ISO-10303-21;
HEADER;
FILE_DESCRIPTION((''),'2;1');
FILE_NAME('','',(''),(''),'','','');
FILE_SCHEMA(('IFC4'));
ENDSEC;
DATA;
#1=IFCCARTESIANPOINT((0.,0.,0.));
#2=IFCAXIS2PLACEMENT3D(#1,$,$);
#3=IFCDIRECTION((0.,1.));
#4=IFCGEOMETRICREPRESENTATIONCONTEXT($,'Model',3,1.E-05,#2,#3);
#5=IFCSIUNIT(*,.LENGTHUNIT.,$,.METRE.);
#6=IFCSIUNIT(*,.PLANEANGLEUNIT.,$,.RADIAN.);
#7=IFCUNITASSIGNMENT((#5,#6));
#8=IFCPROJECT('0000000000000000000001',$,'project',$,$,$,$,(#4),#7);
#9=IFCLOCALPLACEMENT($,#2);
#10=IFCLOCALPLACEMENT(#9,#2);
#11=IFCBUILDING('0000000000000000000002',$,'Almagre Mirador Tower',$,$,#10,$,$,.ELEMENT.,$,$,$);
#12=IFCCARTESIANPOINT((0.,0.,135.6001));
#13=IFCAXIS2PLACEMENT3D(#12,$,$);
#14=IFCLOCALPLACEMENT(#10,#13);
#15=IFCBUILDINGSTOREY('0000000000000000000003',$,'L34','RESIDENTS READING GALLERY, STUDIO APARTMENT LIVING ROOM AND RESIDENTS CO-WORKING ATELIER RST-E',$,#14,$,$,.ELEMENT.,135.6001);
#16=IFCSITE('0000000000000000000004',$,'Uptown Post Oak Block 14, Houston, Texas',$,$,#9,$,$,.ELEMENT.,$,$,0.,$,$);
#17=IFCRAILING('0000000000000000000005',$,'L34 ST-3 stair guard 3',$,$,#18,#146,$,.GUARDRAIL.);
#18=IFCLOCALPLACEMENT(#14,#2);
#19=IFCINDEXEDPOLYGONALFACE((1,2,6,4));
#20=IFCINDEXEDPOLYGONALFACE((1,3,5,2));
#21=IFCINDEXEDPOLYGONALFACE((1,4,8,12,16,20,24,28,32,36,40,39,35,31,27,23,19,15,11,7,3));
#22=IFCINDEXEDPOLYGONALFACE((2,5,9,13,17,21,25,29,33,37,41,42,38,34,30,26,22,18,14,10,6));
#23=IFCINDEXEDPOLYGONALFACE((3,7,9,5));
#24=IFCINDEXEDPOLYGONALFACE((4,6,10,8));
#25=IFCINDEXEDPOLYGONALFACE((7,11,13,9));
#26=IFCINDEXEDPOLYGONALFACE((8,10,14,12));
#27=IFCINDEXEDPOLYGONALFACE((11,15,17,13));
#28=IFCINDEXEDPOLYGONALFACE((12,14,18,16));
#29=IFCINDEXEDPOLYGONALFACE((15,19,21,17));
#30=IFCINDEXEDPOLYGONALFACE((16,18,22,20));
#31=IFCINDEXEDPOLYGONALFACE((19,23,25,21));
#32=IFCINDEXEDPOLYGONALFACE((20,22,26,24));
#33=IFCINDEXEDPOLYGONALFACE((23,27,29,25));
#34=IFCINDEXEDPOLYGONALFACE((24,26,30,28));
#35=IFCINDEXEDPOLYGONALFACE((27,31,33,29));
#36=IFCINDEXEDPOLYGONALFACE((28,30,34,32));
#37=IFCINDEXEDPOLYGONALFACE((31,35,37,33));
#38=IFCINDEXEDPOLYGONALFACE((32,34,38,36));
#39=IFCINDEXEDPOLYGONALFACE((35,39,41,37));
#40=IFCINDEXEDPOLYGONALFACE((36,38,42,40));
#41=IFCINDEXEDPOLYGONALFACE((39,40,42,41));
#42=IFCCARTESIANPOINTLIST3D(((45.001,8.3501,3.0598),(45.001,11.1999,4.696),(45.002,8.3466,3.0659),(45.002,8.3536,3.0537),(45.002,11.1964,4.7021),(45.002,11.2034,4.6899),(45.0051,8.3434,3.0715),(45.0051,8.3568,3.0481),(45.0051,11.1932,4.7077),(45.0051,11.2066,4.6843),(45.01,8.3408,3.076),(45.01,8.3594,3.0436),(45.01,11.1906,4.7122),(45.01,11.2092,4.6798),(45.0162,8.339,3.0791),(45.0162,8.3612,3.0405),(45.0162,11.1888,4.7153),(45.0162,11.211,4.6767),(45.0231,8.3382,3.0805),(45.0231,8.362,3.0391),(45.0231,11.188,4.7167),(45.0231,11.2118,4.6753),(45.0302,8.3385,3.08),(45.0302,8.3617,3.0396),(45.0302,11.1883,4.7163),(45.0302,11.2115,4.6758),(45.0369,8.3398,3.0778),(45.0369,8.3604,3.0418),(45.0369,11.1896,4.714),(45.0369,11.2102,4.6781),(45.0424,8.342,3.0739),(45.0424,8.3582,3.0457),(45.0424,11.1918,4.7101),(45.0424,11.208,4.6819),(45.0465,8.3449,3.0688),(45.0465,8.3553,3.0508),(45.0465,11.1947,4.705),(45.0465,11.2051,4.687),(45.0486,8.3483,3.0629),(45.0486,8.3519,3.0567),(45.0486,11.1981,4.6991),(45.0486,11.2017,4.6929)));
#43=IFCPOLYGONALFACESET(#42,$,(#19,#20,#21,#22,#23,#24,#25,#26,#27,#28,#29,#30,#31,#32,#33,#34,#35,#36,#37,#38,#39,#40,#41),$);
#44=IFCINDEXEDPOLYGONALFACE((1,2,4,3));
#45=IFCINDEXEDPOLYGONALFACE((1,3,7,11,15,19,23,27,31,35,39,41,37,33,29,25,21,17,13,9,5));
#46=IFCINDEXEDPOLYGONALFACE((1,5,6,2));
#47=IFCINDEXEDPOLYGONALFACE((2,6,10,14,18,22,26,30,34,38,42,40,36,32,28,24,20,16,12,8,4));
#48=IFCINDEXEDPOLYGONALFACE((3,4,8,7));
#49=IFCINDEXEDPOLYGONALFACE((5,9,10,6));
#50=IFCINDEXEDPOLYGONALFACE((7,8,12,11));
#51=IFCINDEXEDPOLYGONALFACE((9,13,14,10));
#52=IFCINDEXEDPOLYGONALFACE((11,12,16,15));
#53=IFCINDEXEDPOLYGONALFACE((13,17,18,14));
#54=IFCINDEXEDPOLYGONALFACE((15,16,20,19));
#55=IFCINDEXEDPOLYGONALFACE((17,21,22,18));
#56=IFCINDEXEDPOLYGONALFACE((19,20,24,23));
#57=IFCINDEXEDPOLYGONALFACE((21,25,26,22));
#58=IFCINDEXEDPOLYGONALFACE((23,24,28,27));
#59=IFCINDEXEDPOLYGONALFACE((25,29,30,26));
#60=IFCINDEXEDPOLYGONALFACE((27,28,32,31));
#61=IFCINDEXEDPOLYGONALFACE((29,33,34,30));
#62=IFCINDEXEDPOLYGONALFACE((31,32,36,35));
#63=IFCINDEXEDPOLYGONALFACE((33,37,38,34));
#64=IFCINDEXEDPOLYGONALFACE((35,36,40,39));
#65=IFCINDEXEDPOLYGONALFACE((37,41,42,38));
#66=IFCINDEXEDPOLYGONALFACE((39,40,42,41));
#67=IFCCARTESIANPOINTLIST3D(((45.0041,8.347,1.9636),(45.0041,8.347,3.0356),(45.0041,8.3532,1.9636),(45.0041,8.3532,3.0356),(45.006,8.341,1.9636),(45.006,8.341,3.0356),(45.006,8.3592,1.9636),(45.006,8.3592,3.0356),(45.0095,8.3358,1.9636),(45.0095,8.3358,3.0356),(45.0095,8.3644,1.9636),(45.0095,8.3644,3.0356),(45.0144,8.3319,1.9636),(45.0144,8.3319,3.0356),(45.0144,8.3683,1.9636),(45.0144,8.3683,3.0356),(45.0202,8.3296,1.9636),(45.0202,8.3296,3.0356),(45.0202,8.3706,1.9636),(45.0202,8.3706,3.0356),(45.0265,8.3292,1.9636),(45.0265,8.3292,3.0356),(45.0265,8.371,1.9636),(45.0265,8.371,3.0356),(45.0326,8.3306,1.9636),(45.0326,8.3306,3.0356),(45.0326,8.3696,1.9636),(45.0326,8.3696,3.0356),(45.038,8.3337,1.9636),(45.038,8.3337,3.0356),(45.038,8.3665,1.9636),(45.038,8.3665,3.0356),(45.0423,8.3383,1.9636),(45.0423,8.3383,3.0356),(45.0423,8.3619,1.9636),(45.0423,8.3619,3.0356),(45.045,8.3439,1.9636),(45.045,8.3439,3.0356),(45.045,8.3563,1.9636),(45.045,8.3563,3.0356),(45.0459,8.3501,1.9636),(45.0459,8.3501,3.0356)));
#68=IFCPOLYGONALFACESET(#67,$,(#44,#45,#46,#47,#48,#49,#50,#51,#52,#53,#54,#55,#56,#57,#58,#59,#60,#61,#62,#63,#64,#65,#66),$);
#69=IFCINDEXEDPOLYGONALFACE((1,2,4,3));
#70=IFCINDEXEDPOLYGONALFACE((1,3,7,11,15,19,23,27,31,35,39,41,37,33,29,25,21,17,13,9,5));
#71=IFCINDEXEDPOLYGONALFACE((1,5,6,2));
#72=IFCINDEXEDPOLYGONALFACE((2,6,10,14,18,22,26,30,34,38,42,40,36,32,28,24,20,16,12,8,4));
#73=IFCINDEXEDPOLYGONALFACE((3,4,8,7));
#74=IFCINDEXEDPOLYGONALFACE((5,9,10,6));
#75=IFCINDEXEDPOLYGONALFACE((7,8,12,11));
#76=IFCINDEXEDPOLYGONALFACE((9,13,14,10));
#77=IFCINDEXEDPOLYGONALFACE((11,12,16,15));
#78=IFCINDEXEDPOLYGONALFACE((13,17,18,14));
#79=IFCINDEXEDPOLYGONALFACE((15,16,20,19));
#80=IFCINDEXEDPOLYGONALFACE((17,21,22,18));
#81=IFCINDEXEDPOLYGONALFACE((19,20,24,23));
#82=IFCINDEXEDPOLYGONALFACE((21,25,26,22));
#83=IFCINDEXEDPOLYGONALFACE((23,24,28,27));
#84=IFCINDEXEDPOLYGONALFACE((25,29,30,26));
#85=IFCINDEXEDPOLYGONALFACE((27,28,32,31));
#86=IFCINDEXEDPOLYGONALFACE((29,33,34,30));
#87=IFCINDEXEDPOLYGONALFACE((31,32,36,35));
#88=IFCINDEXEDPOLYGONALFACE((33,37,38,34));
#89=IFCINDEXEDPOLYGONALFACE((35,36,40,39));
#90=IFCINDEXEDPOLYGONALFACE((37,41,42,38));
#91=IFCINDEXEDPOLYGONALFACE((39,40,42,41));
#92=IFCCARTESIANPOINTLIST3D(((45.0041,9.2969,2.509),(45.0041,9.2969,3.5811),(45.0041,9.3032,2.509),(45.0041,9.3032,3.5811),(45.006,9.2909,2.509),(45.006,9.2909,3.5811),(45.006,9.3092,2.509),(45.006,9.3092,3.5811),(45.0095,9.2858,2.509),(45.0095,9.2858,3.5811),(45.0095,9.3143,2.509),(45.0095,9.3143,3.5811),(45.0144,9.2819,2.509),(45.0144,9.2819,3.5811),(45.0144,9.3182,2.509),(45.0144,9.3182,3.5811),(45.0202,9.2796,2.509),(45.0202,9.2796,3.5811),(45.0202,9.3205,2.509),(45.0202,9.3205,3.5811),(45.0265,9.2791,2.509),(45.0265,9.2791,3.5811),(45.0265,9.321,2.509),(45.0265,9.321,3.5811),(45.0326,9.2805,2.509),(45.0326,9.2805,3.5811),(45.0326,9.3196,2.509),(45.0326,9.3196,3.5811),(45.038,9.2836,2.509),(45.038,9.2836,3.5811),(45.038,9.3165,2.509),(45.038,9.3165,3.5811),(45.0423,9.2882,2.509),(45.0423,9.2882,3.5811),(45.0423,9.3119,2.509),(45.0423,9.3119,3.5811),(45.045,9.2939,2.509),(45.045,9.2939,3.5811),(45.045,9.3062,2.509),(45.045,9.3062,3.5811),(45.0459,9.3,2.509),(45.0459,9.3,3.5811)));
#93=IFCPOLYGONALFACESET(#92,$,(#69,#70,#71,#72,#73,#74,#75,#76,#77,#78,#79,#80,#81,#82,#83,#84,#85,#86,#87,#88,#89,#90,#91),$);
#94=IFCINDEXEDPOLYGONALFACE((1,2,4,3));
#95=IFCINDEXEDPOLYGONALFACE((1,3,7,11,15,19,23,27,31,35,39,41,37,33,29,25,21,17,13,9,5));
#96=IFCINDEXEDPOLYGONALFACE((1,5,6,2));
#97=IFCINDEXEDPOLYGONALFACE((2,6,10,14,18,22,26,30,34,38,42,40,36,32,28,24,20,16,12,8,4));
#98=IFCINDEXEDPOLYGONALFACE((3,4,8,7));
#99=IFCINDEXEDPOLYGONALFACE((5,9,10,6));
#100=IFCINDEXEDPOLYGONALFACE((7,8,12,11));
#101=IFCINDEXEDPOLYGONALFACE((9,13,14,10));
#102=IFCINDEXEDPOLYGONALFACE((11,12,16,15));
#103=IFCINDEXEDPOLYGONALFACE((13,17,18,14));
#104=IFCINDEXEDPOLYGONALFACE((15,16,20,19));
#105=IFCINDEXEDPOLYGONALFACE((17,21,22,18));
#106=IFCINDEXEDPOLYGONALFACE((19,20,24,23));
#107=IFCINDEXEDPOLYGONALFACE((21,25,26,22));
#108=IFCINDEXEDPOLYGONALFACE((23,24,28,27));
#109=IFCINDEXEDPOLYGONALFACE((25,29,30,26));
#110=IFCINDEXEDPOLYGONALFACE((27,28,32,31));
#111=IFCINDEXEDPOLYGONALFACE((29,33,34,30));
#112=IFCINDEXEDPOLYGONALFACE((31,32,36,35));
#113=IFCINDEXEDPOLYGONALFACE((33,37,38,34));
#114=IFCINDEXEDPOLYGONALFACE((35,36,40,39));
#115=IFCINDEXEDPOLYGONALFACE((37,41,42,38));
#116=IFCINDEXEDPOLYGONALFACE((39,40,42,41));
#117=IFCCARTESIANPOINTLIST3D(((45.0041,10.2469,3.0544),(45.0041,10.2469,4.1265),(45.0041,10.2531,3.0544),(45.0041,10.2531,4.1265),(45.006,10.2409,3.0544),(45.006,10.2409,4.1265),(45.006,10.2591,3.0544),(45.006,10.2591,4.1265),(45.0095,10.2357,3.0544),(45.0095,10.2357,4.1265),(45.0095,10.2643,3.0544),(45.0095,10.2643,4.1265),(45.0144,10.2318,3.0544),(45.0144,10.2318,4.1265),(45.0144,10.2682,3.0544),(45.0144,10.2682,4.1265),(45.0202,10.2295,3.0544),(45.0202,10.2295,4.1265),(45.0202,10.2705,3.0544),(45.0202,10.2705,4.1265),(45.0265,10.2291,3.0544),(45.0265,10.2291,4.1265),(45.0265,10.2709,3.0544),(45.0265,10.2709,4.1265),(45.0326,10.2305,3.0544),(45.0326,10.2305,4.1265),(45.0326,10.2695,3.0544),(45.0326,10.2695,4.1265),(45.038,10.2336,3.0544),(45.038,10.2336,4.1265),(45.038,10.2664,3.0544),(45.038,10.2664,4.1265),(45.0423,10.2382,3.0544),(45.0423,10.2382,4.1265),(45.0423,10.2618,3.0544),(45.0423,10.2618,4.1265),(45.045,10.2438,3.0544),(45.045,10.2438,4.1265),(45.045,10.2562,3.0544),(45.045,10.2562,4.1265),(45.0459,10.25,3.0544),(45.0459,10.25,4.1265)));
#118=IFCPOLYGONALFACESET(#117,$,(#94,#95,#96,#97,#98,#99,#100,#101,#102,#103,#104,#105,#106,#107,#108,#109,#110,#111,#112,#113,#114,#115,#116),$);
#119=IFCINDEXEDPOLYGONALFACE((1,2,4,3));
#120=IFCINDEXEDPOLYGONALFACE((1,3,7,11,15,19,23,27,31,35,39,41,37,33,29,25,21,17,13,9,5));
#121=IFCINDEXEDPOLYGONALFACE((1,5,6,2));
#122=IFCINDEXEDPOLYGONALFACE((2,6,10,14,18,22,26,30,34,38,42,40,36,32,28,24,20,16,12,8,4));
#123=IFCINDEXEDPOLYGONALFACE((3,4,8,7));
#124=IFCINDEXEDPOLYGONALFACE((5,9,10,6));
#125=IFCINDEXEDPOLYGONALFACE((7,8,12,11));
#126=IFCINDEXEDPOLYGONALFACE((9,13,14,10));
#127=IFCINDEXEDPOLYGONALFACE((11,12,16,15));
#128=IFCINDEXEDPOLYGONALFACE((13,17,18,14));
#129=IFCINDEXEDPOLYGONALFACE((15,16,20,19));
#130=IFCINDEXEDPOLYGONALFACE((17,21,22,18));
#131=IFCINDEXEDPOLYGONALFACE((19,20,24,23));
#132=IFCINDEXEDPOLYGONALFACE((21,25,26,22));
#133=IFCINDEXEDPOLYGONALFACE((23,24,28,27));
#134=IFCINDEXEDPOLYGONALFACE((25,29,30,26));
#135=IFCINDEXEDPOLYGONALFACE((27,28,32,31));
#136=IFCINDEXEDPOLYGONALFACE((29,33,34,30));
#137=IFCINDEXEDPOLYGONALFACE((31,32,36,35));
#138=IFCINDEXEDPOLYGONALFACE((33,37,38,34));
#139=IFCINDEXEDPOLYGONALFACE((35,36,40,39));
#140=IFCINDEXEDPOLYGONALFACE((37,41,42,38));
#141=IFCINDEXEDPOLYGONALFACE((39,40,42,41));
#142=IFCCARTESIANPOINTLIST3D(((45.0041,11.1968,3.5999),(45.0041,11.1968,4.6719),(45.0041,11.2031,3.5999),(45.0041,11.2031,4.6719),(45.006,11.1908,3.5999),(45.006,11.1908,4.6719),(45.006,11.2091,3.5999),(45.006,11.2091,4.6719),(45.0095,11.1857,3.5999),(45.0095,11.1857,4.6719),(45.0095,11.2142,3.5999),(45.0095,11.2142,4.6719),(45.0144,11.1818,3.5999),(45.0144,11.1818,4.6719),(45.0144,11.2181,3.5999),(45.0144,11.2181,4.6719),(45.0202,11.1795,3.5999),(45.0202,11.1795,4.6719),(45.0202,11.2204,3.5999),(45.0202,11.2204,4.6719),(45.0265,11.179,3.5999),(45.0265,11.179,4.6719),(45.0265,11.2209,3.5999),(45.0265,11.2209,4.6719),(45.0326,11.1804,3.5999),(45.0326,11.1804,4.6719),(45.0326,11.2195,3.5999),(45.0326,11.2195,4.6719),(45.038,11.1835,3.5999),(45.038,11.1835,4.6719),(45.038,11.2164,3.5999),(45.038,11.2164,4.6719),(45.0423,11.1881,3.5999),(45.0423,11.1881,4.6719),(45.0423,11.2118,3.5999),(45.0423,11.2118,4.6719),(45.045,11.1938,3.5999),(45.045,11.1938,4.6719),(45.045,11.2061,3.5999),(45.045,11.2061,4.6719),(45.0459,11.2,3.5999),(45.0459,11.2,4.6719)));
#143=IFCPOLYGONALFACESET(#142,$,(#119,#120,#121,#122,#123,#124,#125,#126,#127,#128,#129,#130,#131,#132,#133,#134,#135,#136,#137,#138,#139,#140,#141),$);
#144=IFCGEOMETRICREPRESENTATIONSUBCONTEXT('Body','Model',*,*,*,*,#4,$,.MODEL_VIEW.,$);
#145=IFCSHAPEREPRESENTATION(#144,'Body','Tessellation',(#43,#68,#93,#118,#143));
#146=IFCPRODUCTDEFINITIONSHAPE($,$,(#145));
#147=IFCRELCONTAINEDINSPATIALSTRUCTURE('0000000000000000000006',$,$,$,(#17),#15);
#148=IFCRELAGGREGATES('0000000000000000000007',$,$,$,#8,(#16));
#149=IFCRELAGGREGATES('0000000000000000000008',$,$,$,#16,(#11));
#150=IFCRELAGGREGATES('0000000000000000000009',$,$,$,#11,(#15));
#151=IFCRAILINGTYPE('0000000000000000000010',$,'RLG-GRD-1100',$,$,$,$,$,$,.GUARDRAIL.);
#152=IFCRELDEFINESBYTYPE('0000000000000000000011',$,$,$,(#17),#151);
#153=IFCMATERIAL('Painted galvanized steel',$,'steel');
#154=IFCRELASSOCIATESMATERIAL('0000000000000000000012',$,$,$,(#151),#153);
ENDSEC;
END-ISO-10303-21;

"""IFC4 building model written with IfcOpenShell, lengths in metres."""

from ifc_helpers import new_model, si_unit, direction, frame, origin, origin_2d, place, context, subcontext, project, spatial, circle, extrude, material, type_object, element, save


model = new_model("IFC4")

# Units and contexts
model_context = context("Model", 3, precision=1e-05, world=origin(), true_north=direction((0.0, 1.0)))
body_context = subcontext(model_context, "Body", "Model", "MODEL_VIEW")
ifc_project = project(units=[si_unit("LENGTHUNIT", "METRE"), si_unit("PLANEANGLEUNIT", "RADIAN")], contexts=[model_context])

# Site, building, storey
site_placement = place(None, origin())
site = spatial("IfcSite", under=ifc_project, at=site_placement, Name="Uptown Post Oak Block 14, Houston, Texas", CompositionType="ELEMENT", RefElevation=0.0)
building_placement = place(site_placement, origin())
building = spatial("IfcBuilding", under=site, at=building_placement, Name="Almagre Mirador Tower", CompositionType="ELEMENT")
storey_placement = place(building_placement, frame((0.0, 0.0, 135.6001)))
storey = spatial("IfcBuildingStorey", under=building, at=storey_placement, Name="L34", Description="RESIDENTS READING GALLERY, STUDIO APARTMENT LIVING ROOM AND RESIDENTS CO-WORKING ATELIER RST-E", CompositionType="ELEMENT", Elevation=135.6001)

# Railing
ifc_material_1 = material(Name="Painted galvanized steel", Category="steel")
railing_type_1 = type_object("IfcRailingType", Name="RLG-GRD-1100", PredefinedType="GUARDRAIL", material=ifc_material_1)
railing_1_placement = place(storey_placement, frame((45.0249, 8.3501, 1.9636)))
element("IfcRailing", 1, at=railing_1_placement, inside=storey, type_object=railing_type_1, Name="L34 ST-3 stair guard 3", PredefinedType="GUARDRAIL", context=body_context, shape_type="SweptSolid", body=[
    extrude(circle(Radius=0.0239, at=origin_2d()), frame((0.0, 0.0, 1.0962), z_axis=(0.0, 0.867226, 0.497914), x_axis=(-1.0, 0.0, 0.0)), (0.0, 0.0, 1.0), 3.2861),
    extrude(circle(Radius=0.021, at=origin_2d()), origin(), (0.0, 0.0, 1.0), 1.072),
    extrude(circle(Radius=0.021, at=origin_2d()), frame((0.0, 0.95, 0.5454)), (0.0, 0.0, 1.0), 1.072),
    extrude(circle(Radius=0.021, at=origin_2d()), frame((0.0, 1.8999, 1.0908)), (0.0, 0.0, 1.0), 1.072),
    extrude(circle(Radius=0.021, at=origin_2d()), frame((0.0, 2.8499, 1.6362)), (0.0, 0.0, 1.0), 1.072),
])

save(model, "model.ifc")
